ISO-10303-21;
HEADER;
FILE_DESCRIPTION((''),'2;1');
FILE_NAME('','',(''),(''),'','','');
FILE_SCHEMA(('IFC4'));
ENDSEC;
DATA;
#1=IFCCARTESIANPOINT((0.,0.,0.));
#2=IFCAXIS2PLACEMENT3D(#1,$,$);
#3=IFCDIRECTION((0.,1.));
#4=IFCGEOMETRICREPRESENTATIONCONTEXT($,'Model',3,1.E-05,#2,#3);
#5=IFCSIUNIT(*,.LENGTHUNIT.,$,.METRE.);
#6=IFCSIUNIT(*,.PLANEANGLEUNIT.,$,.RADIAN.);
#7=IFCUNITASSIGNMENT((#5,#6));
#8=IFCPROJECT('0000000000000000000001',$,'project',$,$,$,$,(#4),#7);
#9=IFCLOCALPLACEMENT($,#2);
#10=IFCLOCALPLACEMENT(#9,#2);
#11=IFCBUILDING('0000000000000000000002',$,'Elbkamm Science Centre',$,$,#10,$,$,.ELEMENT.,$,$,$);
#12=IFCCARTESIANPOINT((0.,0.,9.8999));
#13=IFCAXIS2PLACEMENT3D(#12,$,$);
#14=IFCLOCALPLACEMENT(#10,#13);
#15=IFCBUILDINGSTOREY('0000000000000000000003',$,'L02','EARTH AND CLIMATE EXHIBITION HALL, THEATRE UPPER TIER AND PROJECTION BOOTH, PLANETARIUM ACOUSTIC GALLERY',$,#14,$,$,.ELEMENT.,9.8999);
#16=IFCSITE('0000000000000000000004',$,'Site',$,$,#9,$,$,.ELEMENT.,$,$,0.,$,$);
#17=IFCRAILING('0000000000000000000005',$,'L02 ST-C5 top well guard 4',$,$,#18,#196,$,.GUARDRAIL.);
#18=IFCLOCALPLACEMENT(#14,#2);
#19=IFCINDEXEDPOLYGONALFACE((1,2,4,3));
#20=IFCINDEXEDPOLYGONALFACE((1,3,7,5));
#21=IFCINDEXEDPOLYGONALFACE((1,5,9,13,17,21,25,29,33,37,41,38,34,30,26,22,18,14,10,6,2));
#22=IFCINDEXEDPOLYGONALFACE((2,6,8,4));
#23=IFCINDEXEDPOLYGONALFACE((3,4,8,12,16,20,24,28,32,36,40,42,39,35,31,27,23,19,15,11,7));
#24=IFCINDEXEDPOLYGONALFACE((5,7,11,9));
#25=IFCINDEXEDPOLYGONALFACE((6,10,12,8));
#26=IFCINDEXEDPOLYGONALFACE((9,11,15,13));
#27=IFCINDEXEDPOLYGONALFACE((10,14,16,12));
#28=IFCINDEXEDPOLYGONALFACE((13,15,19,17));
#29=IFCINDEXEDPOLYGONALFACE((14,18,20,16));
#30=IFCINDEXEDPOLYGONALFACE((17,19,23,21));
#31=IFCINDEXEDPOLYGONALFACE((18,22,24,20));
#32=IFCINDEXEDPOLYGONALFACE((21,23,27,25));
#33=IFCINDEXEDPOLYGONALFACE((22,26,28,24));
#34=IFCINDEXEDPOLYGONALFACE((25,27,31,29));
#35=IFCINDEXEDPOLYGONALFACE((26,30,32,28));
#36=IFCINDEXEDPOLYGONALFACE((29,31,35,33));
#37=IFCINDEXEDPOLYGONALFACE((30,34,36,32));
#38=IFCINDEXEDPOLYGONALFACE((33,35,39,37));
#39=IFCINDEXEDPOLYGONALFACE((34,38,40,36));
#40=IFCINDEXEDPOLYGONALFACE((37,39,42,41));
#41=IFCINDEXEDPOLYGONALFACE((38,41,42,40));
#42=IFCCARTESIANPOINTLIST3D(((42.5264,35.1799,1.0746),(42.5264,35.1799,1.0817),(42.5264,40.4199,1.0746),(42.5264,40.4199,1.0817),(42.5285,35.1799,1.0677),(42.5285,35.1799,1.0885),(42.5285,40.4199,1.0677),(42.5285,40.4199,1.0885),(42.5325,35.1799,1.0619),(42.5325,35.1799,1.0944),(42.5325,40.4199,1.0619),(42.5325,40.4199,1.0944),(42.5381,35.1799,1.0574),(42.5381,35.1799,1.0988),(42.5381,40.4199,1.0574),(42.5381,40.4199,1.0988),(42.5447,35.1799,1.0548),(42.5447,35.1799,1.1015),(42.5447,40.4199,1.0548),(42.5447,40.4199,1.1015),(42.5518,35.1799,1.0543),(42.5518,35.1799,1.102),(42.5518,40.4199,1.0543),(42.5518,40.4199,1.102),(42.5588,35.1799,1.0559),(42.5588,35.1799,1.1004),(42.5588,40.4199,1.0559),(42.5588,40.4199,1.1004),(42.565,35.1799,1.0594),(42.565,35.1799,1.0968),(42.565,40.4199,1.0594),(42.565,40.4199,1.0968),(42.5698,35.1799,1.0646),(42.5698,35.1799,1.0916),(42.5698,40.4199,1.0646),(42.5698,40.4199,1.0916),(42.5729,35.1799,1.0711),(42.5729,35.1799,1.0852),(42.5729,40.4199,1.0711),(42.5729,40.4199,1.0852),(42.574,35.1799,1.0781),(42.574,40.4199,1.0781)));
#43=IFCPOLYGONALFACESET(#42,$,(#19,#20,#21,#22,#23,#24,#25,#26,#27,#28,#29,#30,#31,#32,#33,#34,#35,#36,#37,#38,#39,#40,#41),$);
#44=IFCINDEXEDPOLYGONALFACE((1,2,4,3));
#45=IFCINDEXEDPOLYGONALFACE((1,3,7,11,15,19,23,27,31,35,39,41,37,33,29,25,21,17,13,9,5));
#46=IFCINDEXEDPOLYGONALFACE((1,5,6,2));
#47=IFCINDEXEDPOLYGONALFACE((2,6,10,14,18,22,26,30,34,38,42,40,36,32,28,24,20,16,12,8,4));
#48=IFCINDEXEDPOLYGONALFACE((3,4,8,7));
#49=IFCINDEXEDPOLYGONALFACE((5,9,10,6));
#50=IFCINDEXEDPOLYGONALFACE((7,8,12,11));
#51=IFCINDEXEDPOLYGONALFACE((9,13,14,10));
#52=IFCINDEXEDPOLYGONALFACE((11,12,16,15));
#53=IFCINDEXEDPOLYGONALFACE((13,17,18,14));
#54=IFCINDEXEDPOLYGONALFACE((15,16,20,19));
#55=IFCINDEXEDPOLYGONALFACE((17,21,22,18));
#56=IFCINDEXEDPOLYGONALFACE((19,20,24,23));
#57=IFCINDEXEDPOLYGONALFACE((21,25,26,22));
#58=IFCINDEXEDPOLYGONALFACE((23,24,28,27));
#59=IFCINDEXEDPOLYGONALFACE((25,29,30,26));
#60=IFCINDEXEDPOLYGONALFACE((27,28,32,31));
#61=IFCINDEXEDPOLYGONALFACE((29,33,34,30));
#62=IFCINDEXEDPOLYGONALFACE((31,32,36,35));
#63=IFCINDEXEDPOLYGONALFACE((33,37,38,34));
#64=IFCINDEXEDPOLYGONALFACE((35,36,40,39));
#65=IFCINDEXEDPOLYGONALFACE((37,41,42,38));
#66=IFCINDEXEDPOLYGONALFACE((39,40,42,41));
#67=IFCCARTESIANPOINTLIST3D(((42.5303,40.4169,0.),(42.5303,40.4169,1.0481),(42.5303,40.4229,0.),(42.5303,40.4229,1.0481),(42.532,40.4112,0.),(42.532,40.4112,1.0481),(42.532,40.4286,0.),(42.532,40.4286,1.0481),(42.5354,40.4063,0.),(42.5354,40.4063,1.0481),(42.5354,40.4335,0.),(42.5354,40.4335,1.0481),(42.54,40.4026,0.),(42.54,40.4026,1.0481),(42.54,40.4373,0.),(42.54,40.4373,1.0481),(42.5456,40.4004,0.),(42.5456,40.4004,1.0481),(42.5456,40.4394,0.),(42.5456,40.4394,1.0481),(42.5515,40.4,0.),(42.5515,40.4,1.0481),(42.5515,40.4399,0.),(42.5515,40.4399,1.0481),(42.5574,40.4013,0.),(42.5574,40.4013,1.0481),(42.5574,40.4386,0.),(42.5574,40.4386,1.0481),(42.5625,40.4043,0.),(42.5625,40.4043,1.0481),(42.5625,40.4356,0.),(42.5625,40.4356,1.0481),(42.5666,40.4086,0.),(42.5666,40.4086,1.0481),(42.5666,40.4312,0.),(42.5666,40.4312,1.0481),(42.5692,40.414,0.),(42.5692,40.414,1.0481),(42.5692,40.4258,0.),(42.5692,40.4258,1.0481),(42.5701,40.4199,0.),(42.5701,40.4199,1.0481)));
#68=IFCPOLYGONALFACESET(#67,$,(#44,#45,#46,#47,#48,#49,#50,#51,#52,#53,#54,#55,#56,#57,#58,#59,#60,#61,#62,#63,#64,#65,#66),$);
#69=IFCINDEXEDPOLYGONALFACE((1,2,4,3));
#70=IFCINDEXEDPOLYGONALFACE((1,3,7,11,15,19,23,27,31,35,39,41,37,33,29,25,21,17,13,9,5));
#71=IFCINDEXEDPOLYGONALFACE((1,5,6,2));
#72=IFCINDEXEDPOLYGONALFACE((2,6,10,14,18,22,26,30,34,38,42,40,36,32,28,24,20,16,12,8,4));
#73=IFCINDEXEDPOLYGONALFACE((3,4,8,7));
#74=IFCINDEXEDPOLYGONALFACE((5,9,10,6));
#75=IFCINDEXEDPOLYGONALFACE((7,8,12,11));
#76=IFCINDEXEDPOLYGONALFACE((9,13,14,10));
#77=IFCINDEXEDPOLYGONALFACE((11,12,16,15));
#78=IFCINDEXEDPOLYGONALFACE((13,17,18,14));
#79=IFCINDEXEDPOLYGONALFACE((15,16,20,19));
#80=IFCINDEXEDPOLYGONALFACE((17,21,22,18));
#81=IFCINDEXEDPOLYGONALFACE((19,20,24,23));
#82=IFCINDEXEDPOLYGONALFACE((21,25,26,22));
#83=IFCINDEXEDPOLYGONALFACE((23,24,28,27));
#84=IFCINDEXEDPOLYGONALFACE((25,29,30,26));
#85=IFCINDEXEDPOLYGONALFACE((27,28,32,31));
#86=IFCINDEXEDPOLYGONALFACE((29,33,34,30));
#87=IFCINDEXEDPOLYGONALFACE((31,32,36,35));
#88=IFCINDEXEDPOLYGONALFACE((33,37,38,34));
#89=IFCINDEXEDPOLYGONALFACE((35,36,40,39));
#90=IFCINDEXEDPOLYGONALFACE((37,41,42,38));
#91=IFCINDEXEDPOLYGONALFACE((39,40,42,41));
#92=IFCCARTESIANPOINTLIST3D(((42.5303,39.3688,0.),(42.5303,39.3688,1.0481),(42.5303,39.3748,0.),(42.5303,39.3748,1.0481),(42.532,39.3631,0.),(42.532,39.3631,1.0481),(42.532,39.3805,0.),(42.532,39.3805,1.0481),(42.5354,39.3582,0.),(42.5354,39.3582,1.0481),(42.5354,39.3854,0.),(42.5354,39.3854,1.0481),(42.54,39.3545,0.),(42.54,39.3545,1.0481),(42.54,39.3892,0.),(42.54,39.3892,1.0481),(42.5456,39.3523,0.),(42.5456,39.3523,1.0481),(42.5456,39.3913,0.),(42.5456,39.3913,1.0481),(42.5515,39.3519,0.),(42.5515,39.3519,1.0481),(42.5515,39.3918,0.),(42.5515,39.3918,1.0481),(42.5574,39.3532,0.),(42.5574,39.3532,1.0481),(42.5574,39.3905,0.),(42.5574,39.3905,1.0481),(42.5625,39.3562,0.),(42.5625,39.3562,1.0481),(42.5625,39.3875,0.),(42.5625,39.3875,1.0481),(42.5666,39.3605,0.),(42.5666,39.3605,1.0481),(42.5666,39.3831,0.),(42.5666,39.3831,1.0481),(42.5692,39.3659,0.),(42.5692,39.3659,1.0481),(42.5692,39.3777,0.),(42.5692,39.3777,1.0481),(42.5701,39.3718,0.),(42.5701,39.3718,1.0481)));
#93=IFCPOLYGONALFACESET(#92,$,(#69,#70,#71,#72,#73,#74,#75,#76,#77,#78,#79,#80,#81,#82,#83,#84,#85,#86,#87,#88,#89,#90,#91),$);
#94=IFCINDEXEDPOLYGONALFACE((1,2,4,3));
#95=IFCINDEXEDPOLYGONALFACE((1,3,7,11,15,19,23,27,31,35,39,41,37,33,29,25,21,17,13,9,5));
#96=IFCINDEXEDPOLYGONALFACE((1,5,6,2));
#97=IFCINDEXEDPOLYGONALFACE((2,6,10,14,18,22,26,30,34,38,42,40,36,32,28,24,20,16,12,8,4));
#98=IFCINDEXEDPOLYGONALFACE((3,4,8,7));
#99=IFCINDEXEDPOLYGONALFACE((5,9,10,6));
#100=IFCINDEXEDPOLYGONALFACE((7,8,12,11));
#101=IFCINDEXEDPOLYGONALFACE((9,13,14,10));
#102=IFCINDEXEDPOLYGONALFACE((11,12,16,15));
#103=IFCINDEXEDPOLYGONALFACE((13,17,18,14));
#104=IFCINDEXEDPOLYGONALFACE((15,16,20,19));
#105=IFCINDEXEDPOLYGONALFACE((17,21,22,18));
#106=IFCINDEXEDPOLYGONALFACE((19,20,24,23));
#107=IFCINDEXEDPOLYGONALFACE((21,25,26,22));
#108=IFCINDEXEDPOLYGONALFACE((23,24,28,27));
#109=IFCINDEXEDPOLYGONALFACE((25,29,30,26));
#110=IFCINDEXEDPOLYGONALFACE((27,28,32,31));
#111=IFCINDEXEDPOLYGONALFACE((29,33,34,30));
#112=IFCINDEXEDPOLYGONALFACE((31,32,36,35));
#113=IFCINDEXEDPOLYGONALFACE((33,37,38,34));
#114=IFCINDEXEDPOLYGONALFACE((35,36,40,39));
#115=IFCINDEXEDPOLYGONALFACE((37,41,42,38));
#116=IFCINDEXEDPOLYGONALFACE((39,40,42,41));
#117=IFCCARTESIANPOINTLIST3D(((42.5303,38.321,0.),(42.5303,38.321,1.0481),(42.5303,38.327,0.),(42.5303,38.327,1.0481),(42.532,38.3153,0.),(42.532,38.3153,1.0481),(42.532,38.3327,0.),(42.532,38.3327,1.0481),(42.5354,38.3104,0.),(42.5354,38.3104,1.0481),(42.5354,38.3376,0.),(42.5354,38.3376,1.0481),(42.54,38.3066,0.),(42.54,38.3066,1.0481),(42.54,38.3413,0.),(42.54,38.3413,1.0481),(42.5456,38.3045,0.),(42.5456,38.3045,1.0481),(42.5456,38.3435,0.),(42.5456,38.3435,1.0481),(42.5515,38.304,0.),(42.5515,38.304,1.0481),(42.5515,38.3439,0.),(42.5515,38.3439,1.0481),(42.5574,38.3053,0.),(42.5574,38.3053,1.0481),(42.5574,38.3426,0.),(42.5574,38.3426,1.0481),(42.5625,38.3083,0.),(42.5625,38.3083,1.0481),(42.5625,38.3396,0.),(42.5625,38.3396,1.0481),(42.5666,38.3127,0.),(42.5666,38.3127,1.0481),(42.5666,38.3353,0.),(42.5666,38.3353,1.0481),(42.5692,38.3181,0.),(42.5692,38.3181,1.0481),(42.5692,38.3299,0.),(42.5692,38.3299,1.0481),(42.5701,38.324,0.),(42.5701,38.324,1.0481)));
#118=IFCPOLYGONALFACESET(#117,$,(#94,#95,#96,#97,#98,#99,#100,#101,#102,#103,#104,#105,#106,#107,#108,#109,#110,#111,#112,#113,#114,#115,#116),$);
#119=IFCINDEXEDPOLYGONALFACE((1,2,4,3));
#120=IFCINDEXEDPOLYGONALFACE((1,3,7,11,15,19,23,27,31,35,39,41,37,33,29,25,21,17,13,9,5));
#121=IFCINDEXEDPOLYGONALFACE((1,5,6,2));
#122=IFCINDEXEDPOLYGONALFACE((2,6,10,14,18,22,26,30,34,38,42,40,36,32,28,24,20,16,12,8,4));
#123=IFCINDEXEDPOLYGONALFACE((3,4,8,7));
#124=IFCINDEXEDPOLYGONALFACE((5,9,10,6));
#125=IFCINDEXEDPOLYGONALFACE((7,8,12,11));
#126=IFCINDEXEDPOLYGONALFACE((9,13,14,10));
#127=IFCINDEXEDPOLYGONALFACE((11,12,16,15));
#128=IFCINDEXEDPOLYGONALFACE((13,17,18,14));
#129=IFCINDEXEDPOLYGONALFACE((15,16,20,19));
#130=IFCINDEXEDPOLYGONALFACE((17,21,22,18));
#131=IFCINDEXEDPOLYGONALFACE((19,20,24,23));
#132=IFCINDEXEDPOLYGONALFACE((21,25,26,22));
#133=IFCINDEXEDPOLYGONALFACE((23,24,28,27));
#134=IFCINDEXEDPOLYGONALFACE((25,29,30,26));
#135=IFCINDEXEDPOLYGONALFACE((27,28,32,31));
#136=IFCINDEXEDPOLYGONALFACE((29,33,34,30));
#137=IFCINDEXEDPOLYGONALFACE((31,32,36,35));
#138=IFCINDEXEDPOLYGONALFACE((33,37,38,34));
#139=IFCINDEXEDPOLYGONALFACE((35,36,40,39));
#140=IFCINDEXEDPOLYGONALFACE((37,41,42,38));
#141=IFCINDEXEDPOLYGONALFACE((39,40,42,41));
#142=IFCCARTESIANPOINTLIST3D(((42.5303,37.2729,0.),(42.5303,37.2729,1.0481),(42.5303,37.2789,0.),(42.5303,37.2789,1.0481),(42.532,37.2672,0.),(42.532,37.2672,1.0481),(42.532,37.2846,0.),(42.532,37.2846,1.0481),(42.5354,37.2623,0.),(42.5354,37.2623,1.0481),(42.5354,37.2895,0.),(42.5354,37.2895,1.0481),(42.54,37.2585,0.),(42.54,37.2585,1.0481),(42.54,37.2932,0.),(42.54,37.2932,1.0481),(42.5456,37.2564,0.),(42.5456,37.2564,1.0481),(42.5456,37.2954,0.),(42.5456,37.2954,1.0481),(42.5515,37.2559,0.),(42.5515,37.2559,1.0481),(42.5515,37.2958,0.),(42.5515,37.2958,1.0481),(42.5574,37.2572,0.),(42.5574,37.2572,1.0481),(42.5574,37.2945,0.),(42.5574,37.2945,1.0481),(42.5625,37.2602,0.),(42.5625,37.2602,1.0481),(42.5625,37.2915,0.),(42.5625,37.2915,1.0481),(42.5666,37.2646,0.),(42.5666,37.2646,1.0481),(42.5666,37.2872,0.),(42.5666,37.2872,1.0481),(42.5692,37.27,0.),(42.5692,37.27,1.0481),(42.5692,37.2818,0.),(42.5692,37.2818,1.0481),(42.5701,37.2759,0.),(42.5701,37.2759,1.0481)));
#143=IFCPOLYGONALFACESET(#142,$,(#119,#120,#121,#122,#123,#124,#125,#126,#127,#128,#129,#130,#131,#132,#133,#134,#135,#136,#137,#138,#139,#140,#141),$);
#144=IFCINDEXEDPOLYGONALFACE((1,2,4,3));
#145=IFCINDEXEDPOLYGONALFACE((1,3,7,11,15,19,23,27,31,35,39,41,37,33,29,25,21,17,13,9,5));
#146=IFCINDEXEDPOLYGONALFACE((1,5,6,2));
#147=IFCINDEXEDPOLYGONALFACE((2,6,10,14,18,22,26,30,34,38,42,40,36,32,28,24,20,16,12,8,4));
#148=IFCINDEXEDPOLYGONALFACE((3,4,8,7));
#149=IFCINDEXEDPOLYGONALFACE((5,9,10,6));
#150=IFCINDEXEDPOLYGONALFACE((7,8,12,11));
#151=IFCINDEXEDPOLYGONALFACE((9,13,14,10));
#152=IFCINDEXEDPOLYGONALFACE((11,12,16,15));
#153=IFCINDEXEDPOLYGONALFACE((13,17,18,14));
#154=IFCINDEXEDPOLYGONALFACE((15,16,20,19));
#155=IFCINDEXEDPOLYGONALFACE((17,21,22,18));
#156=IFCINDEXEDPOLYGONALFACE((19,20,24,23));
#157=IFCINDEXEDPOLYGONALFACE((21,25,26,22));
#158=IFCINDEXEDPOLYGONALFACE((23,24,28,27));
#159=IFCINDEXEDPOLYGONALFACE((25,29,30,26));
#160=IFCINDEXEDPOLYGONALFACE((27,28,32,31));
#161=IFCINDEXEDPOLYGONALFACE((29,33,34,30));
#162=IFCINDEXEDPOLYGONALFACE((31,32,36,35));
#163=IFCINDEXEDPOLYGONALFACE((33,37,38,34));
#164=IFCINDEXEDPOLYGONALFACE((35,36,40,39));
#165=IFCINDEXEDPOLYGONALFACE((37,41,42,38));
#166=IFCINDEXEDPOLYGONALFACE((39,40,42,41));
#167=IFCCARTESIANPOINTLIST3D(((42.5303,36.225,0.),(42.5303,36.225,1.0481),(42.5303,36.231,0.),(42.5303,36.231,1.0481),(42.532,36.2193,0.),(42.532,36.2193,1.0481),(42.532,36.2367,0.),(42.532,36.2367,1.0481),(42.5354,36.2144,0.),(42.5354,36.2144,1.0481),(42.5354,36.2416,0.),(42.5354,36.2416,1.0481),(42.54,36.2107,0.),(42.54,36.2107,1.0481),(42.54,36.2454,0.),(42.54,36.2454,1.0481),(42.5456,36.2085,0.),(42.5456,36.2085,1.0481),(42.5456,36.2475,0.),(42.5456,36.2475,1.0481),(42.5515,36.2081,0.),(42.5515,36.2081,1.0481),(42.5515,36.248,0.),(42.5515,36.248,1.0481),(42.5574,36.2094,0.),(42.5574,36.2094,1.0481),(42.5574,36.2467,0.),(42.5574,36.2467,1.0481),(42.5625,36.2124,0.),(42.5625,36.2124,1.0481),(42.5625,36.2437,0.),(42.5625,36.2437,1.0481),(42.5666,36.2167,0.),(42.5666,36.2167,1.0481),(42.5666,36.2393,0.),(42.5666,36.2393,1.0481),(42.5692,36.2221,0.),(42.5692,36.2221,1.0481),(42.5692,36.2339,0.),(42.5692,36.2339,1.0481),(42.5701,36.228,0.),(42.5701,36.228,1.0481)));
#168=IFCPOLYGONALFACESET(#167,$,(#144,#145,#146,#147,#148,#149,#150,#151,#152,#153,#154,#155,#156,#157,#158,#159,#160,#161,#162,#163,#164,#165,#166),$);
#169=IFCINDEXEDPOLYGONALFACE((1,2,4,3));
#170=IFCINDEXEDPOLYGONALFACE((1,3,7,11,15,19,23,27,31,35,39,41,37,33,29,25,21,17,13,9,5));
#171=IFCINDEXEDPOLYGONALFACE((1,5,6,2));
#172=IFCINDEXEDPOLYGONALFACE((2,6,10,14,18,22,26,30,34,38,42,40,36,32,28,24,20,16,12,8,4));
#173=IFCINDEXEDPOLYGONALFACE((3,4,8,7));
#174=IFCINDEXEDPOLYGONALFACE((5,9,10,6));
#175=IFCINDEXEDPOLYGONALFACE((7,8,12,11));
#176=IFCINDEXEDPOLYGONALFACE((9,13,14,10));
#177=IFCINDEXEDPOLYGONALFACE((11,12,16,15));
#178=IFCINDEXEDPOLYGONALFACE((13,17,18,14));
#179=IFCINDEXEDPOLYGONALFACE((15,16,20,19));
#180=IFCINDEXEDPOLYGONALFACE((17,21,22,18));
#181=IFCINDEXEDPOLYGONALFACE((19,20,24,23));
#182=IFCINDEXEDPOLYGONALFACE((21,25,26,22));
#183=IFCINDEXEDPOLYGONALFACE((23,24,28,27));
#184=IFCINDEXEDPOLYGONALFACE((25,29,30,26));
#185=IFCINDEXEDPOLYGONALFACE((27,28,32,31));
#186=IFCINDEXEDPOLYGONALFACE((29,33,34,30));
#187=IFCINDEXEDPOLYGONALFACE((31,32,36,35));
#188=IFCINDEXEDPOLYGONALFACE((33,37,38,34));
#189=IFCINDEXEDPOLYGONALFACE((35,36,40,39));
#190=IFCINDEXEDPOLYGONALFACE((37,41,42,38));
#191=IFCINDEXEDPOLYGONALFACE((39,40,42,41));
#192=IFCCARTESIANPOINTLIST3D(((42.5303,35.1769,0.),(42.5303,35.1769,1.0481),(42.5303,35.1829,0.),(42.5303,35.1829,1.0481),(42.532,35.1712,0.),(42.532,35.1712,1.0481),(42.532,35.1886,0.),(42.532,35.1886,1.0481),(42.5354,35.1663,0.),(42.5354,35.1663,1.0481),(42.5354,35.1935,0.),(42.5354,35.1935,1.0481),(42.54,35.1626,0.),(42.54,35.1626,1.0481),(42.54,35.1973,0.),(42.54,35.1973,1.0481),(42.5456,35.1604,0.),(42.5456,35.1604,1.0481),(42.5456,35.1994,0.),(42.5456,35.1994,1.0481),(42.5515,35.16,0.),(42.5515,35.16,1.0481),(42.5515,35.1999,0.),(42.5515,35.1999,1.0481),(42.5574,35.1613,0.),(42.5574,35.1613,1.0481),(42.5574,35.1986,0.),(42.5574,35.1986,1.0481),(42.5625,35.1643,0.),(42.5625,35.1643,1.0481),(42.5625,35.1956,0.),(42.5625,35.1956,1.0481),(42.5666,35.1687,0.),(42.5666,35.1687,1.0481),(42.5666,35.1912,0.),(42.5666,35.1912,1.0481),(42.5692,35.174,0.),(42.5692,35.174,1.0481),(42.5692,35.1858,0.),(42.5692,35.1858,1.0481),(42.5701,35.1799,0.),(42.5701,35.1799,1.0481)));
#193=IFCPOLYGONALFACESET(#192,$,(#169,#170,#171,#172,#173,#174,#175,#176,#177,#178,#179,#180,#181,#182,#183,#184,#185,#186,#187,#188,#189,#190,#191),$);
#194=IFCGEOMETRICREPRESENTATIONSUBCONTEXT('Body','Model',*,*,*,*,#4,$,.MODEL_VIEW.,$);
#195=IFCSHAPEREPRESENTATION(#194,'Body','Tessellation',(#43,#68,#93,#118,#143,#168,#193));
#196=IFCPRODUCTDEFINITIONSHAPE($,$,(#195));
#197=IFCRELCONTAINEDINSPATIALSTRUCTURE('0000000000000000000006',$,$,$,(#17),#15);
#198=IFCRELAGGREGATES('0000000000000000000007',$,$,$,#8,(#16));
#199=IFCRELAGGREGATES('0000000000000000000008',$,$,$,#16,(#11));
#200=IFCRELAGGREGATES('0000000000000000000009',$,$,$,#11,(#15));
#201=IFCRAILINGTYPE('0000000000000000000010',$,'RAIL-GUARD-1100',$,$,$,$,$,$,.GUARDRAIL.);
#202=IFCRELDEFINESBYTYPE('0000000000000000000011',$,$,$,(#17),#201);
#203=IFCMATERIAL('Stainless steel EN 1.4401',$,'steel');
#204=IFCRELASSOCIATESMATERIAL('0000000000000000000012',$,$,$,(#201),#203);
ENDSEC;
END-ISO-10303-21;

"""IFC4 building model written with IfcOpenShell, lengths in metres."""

from ifc_helpers import new_model, si_unit, direction, frame, origin, origin_2d, place, context, subcontext, project, spatial, circle, extrude, material, type_object, element, save


model = new_model("IFC4")

# Units and contexts
model_context = context("Model", 3, precision=1e-05, world=origin(), true_north=direction((0.0, 1.0)))
body_context = subcontext(model_context, "Body", "Model", "MODEL_VIEW")
ifc_project = project(units=[si_unit("LENGTHUNIT", "METRE"), si_unit("PLANEANGLEUNIT", "RADIAN")], contexts=[model_context])

# Site, building, storey
site_placement = place(None, origin())
site = spatial("IfcSite", under=ifc_project, at=site_placement, Name="Site", CompositionType="ELEMENT", RefElevation=0.0)
building_placement = place(site_placement, origin())
building = spatial("IfcBuilding", under=site, at=building_placement, Name="Elbkamm Science Centre", CompositionType="ELEMENT")
storey_placement = place(building_placement, frame((0.0, 0.0, 9.8999)))
storey = spatial("IfcBuildingStorey", under=building, at=storey_placement, Name="L02", Description="EARTH AND CLIMATE EXHIBITION HALL, THEATRE UPPER TIER AND PROJECTION BOOTH, PLANETARIUM ACOUSTIC GALLERY", CompositionType="ELEMENT", Elevation=9.8999)

# Railing
ifc_material_1 = material(Name="Stainless steel EN 1.4401", Category="steel")
railing_type = type_object("IfcRailingType", Name="RAIL-GUARD-1100", PredefinedType="GUARDRAIL", material=ifc_material_1)
railing_placement = place(storey_placement, frame((42.55, 40.4199, 0.0)))
element("IfcRailing", 1, at=railing_placement, inside=storey, type_object=railing_type, Name="L02 ST-C5 top well guard 4", PredefinedType="GUARDRAIL", context=body_context, shape_type="SweptSolid", body=[
    extrude(circle(Radius=0.0239, at=origin_2d()), frame((0.0, 0.0, 1.0781), z_axis=(0.0, -1.0, 0.0), x_axis=(1.0, 0.0, 0.0)), (0.0, 0.0, 1.0), 5.24),
    extrude(circle(Radius=0.02, at=origin_2d()), origin(), (0.0, 0.0, 1.0), 1.0481),
    extrude(circle(Radius=0.02, at=origin_2d()), frame((0.0, -1.0481, 0.0)), (0.0, 0.0, 1.0), 1.0481),
    extrude(circle(Radius=0.02, at=origin_2d()), frame((0.0, -2.0959, 0.0)), (0.0, 0.0, 1.0), 1.0481),
    extrude(circle(Radius=0.02, at=origin_2d()), frame((0.0, -3.144, 0.0)), (0.0, 0.0, 1.0), 1.0481),
    extrude(circle(Radius=0.02, at=origin_2d()), frame((0.0, -4.1919, 0.0)), (0.0, 0.0, 1.0), 1.0481),
    extrude(circle(Radius=0.02, at=origin_2d()), frame((0.0, -5.24, 0.0)), (0.0, 0.0, 1.0), 1.0481),
])

save(model, "model.ifc")
